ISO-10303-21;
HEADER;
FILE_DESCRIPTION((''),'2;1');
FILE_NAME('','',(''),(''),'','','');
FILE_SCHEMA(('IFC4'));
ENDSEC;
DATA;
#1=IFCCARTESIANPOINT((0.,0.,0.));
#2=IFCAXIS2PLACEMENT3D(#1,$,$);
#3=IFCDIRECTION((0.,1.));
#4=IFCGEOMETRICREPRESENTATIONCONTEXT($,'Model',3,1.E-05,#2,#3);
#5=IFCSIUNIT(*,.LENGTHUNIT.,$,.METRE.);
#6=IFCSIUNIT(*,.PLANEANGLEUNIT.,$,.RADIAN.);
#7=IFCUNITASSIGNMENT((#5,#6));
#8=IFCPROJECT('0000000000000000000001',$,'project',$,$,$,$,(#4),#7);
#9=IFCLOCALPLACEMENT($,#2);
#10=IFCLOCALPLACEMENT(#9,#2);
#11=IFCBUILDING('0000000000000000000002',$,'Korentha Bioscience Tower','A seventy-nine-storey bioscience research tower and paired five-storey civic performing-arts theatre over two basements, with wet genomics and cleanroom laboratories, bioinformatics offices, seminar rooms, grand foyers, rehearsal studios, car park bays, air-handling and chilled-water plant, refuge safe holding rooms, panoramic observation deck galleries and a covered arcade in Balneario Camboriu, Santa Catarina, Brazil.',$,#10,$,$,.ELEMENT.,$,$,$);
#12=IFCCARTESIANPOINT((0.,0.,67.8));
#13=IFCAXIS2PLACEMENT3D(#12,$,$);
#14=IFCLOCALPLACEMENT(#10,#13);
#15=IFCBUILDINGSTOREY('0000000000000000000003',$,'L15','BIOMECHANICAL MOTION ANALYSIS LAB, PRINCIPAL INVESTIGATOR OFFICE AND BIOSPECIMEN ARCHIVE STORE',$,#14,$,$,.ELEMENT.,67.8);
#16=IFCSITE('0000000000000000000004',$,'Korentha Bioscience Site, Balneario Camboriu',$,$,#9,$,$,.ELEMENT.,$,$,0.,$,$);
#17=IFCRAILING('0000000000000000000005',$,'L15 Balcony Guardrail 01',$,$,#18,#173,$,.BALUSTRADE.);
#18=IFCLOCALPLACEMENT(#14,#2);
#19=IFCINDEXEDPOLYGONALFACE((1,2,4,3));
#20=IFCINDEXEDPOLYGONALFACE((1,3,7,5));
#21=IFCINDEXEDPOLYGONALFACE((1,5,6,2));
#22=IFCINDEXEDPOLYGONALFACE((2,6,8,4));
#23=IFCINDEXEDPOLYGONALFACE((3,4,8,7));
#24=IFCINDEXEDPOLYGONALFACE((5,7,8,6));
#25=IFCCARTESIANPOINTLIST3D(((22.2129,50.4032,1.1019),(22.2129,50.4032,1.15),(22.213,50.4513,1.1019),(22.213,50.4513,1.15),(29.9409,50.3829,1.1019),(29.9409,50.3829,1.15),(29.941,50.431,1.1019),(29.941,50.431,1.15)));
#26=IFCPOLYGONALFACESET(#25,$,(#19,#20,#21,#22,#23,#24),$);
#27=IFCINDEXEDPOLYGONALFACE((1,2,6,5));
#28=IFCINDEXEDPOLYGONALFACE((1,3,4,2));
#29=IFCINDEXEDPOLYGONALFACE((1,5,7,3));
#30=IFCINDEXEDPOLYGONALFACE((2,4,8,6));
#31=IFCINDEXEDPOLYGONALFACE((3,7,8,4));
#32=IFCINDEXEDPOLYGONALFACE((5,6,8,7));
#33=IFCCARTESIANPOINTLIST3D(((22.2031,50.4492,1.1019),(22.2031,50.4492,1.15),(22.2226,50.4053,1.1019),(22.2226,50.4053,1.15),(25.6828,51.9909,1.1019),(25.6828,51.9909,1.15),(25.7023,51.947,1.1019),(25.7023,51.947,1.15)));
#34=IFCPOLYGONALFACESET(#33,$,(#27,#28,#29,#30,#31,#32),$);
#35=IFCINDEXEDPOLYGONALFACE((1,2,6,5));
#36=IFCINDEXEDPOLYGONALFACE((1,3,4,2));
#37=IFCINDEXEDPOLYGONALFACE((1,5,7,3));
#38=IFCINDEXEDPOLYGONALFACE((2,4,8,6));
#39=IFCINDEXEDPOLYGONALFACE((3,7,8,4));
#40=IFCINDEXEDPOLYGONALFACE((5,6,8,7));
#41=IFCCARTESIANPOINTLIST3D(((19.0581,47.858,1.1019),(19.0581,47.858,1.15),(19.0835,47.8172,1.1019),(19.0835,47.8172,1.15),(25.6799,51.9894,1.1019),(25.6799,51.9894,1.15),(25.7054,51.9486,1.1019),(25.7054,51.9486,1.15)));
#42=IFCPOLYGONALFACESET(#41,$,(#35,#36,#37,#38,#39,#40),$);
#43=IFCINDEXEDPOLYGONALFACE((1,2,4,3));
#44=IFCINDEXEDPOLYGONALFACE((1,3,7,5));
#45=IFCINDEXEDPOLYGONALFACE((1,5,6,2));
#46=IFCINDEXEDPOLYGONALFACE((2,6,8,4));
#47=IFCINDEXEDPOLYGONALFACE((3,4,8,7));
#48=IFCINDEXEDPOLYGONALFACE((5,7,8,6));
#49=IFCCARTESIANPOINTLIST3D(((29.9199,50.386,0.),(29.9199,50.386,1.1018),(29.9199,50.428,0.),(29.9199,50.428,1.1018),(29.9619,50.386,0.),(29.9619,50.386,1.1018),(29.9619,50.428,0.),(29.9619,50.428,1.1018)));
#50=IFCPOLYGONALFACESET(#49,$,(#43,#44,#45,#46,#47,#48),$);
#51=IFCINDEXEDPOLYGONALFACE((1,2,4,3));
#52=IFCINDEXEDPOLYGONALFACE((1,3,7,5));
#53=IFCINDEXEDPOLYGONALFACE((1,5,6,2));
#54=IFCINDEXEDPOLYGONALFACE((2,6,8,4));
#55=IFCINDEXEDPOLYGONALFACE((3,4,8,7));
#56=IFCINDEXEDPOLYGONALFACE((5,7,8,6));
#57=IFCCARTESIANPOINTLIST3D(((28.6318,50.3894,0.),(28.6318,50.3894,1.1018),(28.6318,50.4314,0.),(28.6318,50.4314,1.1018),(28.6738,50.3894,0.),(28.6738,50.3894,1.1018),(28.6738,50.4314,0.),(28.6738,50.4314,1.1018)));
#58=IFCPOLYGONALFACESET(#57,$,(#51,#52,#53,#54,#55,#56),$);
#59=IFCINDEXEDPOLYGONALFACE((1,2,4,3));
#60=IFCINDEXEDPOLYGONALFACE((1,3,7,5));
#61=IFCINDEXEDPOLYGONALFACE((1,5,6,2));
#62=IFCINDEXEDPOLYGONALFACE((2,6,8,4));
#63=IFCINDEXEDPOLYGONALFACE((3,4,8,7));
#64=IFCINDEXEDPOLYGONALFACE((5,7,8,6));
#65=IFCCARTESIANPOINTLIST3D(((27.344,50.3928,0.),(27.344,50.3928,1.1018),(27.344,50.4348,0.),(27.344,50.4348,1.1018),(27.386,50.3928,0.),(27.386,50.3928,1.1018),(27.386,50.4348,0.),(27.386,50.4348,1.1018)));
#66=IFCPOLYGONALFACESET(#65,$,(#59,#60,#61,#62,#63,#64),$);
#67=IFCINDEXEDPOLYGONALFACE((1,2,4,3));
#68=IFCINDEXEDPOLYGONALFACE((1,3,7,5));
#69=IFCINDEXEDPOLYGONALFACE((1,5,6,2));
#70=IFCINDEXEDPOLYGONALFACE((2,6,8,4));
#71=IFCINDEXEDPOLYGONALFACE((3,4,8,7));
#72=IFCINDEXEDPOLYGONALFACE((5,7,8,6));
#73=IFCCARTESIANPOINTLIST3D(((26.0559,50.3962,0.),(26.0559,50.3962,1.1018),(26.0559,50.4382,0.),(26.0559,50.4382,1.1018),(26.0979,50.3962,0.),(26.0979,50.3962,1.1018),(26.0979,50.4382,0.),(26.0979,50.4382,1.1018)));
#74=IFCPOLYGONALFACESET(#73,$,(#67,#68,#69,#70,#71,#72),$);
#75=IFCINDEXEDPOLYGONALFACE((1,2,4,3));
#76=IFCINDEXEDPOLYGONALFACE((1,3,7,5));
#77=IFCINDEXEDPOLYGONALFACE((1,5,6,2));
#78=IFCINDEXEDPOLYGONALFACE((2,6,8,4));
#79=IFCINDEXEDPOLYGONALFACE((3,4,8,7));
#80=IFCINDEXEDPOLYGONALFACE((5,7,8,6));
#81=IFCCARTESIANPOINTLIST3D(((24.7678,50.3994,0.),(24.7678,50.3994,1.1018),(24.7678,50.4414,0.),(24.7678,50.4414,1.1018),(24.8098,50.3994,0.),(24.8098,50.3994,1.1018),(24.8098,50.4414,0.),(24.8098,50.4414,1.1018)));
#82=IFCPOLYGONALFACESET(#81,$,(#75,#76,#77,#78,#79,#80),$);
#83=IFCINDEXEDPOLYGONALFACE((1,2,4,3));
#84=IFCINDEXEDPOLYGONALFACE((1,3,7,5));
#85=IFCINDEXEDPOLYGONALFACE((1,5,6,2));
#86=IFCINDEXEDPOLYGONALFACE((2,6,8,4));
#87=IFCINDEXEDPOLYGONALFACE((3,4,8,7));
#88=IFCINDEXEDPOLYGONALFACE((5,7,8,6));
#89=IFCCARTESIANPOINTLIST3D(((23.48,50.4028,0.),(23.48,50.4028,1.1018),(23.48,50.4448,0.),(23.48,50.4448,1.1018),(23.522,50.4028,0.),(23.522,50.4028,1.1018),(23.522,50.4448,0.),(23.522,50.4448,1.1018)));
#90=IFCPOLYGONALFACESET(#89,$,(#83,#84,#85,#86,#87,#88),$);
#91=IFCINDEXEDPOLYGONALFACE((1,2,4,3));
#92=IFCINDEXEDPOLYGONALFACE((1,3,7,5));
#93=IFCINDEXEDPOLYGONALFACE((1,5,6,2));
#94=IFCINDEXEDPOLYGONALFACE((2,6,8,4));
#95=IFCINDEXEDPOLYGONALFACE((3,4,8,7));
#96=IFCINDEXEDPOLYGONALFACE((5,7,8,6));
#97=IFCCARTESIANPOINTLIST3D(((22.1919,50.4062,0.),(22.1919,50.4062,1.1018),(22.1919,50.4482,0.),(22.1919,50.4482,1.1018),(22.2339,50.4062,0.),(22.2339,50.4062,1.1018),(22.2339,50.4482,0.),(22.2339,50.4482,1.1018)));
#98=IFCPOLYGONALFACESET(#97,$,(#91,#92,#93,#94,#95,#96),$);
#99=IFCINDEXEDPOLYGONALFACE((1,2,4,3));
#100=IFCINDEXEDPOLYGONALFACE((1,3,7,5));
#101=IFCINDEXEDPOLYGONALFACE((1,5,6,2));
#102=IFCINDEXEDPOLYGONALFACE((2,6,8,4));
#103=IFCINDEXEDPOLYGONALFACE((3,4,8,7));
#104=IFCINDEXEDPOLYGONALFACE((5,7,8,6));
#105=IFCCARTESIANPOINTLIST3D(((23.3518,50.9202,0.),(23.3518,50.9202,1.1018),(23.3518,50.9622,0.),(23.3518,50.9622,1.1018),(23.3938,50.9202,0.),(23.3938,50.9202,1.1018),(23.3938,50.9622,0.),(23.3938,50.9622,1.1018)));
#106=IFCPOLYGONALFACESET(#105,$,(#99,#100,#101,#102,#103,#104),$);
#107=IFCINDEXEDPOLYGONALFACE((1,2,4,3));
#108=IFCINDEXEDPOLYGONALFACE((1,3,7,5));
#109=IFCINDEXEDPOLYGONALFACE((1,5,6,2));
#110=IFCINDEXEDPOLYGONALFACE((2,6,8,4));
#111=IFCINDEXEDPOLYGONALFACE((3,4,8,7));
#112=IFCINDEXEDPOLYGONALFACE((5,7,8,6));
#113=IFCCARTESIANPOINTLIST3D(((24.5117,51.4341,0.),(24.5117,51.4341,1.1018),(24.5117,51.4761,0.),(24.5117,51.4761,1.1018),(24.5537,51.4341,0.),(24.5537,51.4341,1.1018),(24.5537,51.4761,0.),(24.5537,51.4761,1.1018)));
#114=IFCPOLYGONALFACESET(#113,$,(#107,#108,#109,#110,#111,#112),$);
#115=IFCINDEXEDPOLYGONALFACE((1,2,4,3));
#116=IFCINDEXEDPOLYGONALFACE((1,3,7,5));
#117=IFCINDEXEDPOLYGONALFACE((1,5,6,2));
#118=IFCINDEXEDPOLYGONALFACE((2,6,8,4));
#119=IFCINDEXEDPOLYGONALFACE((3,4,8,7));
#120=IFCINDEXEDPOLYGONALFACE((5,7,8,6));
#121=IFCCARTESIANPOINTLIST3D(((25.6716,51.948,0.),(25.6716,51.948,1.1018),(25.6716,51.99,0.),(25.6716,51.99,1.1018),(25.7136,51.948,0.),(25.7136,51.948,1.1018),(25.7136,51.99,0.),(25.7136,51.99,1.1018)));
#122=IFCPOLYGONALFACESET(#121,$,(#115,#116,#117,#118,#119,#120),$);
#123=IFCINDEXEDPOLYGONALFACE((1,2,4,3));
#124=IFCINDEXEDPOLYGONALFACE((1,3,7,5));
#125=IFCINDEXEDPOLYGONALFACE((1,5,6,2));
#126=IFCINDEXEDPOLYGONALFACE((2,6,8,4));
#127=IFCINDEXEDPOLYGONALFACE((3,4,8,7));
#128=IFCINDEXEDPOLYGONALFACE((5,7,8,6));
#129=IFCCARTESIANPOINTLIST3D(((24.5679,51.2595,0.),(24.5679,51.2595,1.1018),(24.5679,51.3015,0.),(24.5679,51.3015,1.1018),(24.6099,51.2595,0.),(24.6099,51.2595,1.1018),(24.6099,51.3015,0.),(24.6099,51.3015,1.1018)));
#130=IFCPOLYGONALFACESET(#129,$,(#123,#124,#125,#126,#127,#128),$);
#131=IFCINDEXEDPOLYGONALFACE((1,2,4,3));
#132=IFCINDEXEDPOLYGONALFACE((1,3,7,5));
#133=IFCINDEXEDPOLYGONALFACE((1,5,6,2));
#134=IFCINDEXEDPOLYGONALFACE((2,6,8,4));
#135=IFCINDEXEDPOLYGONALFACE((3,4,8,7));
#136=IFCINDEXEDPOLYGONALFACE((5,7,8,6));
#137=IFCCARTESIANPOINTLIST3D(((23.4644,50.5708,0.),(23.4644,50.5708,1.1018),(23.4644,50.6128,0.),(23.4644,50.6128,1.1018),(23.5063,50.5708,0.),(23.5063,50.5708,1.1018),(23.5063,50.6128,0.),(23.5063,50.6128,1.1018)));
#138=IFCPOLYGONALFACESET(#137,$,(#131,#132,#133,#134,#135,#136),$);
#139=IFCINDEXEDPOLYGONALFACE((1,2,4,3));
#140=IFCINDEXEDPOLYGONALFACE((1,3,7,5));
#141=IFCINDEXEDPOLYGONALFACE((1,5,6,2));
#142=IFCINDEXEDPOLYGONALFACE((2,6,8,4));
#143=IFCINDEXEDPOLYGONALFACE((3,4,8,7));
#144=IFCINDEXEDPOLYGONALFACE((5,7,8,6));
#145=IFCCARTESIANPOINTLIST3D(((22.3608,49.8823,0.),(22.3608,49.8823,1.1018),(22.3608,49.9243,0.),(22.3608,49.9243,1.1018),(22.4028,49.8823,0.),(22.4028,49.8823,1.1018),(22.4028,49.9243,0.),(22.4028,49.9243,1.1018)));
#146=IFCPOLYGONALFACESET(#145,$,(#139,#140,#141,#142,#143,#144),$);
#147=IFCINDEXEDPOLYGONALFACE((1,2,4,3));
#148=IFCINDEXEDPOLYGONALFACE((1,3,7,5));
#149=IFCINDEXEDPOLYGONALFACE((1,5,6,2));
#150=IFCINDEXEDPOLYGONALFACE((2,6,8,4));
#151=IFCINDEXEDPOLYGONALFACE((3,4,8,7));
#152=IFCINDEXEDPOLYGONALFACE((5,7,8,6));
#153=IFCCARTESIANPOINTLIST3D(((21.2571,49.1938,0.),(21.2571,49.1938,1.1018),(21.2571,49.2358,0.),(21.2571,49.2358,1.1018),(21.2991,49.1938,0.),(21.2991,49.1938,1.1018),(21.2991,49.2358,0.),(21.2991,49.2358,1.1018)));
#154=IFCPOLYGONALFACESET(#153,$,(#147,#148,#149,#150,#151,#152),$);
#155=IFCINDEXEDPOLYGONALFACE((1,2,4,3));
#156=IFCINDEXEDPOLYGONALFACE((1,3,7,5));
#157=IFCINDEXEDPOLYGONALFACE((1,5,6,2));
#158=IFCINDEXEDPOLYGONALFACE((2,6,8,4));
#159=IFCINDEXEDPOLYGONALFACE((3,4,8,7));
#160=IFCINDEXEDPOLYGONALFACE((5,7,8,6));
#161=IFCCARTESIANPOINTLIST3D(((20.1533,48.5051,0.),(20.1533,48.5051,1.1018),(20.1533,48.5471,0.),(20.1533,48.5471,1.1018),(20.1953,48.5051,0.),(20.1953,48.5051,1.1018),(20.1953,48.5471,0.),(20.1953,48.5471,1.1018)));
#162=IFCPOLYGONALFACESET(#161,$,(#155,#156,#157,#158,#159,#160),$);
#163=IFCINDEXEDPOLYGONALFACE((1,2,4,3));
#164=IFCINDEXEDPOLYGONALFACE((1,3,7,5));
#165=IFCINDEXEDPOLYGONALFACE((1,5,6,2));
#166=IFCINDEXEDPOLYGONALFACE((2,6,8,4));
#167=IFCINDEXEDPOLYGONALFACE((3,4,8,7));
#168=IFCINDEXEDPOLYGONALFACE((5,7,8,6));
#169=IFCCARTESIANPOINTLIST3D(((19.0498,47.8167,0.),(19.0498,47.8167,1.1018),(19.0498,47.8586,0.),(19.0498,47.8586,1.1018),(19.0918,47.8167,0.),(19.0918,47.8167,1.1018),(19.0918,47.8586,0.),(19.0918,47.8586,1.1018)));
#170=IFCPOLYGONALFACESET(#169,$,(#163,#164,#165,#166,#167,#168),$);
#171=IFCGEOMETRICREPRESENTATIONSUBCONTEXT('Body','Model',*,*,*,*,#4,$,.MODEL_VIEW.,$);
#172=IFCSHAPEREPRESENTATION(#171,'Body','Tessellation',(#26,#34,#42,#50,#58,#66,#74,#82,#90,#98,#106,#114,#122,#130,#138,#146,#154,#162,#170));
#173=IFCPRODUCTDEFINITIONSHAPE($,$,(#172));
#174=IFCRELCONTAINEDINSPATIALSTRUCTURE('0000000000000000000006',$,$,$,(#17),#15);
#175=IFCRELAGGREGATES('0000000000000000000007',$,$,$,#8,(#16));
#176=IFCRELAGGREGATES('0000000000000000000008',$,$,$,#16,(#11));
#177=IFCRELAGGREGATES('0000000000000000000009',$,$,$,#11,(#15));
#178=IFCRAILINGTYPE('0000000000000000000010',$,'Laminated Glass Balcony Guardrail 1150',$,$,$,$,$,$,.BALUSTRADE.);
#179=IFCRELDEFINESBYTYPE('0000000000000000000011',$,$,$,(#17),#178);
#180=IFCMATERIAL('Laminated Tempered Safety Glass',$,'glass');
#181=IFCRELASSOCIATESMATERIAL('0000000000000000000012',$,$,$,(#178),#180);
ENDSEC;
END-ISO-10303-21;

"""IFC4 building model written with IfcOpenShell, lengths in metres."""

from ifc_helpers import new_model, si_unit, direction, frame, origin, origin_2d, place, context, subcontext, project, spatial, rectangle, extrude, material, type_object, element, save


model = new_model("IFC4")

# Units and contexts
model_context = context("Model", 3, precision=1e-05, world=origin(), true_north=direction((0.0, 1.0)))
body_context = subcontext(model_context, "Body", "Model", "MODEL_VIEW")
ifc_project = project(units=[si_unit("LENGTHUNIT", "METRE"), si_unit("PLANEANGLEUNIT", "RADIAN")], contexts=[model_context])

# Site, building, storey
site_placement = place(None, origin())
site = spatial("IfcSite", under=ifc_project, at=site_placement, Name="Korentha Bioscience Site, Balneario Camboriu", CompositionType="ELEMENT", RefElevation=0.0)
building_placement = place(site_placement, origin())
building = spatial("IfcBuilding", under=site, at=building_placement, Name="Korentha Bioscience Tower", Description="A seventy-nine-storey bioscience research tower and paired five-storey civic performing-arts theatre over two basements, with wet genomics and cleanroom laboratories, bioinformatics offices, seminar rooms, grand foyers, rehearsal studios, car park bays, air-handling and chilled-water plant, refuge safe holding rooms, panoramic observation deck galleries and a covered arcade in Balneario Camboriu, Santa Catarina, Brazil.", CompositionType="ELEMENT")
storey_placement = place(building_placement, frame((0.0, 0.0, 67.8)))
storey = spatial("IfcBuildingStorey", under=building, at=storey_placement, Name="L15", Description="BIOMECHANICAL MOTION ANALYSIS LAB, PRINCIPAL INVESTIGATOR OFFICE AND BIOSPECIMEN ARCHIVE STORE", CompositionType="ELEMENT", Elevation=67.8)

# Railing
ifc_material_1 = material(Name="Laminated Tempered Safety Glass", Category="glass")
railing_type = type_object("IfcRailingType", Name="Laminated Glass Balcony Guardrail 1150", PredefinedType="BALUSTRADE", material=ifc_material_1)
railing_placement = place(storey_placement, frame((29.9409, 50.407, 0.0)))
element("IfcRailing", 1, at=railing_placement, inside=storey, type_object=railing_type, Name="L15 Balcony Guardrail 01", PredefinedType="BALUSTRADE", context=body_context, shape_type="SweptSolid", body=[
    extrude(rectangle(XDim=0.0481, YDim=0.0481, at=origin_2d()), frame((0.0, 0.0, 1.126), z_axis=(-0.999997, 0.002622, 0.0), x_axis=(-0.002622, -0.999997, 0.0)), (0.0, 0.0, 1.0), 7.728),
    extrude(rectangle(XDim=0.0481, YDim=0.0481, at=origin_2d()), frame((-7.728, 0.0203, 1.126), z_axis=(0.914279, 0.405085, 0.0), x_axis=(-0.405085, 0.914279, 0.0)), (0.0, 0.0, 1.0), 3.8059),
    extrude(rectangle(XDim=0.0481, YDim=0.0481, at=origin_2d()), frame((-4.2483, 1.562, 1.126), z_axis=(-0.848418, -0.529327, 0.0), x_axis=(0.529327, -0.848418, 0.0)), (0.0, 0.0, 1.0), 7.8049),
    extrude(rectangle(XDim=0.042, YDim=0.042, at=origin_2d()), origin(), (0.0, 0.0, 1.0), 1.1018),
    extrude(rectangle(XDim=0.042, YDim=0.042, at=origin_2d()), frame((-1.2881, 0.0034, 0.0)), (0.0, 0.0, 1.0), 1.1018),
    extrude(rectangle(XDim=0.042, YDim=0.042, at=origin_2d()), frame((-2.5759, 0.0068, 0.0)), (0.0, 0.0, 1.0), 1.1018),
    extrude(rectangle(XDim=0.042, YDim=0.042, at=origin_2d()), frame((-3.864, 0.0103, 0.0)), (0.0, 0.0, 1.0), 1.1018),
    extrude(rectangle(XDim=0.042, YDim=0.042, at=origin_2d()), frame((-5.1521, 0.0134, 0.0)), (0.0, 0.0, 1.0), 1.1018),
    extrude(rectangle(XDim=0.042, YDim=0.042, at=origin_2d()), frame((-6.4399, 0.0168, 0.0)), (0.0, 0.0, 1.0), 1.1018),
    extrude(rectangle(XDim=0.042, YDim=0.042, at=origin_2d()), frame((-7.728, 0.0203, 0.0)), (0.0, 0.0, 1.0), 1.1018),
    extrude(rectangle(XDim=0.042, YDim=0.042, at=origin_2d()), frame((-6.5681, 0.5342, 0.0)), (0.0, 0.0, 1.0), 1.1018),
    extrude(rectangle(XDim=0.042, YDim=0.042, at=origin_2d()), frame((-5.4082, 1.0481, 0.0)), (0.0, 0.0, 1.0), 1.1018),
    extrude(rectangle(XDim=0.042, YDim=0.042, at=origin_2d()), frame((-4.2483, 1.562, 0.0)), (0.0, 0.0, 1.0), 1.1018),
    extrude(rectangle(XDim=0.042, YDim=0.042, at=origin_2d()), frame((-5.3521, 0.8735, 0.0)), (0.0, 0.0, 1.0), 1.1018),
    extrude(rectangle(XDim=0.042, YDim=0.042, at=origin_2d()), frame((-6.4556, 0.1848, 0.0)), (0.0, 0.0, 1.0), 1.1018),
    extrude(rectangle(XDim=0.042, YDim=0.042, at=origin_2d()), frame((-7.5591, -0.5037, 0.0)), (0.0, 0.0, 1.0), 1.1018),
    extrude(rectangle(XDim=0.042, YDim=0.042, at=origin_2d()), frame((-8.6628, -1.1921, 0.0)), (0.0, 0.0, 1.0), 1.1018),
    extrude(rectangle(XDim=0.042, YDim=0.042, at=origin_2d()), frame((-9.7666, -1.8809, 0.0)), (0.0, 0.0, 1.0), 1.1018),
    extrude(rectangle(XDim=0.042, YDim=0.042, at=origin_2d()), frame((-10.8701, -2.5693, 0.0)), (0.0, 0.0, 1.0), 1.1018),
])

save(model, "model.ifc")
